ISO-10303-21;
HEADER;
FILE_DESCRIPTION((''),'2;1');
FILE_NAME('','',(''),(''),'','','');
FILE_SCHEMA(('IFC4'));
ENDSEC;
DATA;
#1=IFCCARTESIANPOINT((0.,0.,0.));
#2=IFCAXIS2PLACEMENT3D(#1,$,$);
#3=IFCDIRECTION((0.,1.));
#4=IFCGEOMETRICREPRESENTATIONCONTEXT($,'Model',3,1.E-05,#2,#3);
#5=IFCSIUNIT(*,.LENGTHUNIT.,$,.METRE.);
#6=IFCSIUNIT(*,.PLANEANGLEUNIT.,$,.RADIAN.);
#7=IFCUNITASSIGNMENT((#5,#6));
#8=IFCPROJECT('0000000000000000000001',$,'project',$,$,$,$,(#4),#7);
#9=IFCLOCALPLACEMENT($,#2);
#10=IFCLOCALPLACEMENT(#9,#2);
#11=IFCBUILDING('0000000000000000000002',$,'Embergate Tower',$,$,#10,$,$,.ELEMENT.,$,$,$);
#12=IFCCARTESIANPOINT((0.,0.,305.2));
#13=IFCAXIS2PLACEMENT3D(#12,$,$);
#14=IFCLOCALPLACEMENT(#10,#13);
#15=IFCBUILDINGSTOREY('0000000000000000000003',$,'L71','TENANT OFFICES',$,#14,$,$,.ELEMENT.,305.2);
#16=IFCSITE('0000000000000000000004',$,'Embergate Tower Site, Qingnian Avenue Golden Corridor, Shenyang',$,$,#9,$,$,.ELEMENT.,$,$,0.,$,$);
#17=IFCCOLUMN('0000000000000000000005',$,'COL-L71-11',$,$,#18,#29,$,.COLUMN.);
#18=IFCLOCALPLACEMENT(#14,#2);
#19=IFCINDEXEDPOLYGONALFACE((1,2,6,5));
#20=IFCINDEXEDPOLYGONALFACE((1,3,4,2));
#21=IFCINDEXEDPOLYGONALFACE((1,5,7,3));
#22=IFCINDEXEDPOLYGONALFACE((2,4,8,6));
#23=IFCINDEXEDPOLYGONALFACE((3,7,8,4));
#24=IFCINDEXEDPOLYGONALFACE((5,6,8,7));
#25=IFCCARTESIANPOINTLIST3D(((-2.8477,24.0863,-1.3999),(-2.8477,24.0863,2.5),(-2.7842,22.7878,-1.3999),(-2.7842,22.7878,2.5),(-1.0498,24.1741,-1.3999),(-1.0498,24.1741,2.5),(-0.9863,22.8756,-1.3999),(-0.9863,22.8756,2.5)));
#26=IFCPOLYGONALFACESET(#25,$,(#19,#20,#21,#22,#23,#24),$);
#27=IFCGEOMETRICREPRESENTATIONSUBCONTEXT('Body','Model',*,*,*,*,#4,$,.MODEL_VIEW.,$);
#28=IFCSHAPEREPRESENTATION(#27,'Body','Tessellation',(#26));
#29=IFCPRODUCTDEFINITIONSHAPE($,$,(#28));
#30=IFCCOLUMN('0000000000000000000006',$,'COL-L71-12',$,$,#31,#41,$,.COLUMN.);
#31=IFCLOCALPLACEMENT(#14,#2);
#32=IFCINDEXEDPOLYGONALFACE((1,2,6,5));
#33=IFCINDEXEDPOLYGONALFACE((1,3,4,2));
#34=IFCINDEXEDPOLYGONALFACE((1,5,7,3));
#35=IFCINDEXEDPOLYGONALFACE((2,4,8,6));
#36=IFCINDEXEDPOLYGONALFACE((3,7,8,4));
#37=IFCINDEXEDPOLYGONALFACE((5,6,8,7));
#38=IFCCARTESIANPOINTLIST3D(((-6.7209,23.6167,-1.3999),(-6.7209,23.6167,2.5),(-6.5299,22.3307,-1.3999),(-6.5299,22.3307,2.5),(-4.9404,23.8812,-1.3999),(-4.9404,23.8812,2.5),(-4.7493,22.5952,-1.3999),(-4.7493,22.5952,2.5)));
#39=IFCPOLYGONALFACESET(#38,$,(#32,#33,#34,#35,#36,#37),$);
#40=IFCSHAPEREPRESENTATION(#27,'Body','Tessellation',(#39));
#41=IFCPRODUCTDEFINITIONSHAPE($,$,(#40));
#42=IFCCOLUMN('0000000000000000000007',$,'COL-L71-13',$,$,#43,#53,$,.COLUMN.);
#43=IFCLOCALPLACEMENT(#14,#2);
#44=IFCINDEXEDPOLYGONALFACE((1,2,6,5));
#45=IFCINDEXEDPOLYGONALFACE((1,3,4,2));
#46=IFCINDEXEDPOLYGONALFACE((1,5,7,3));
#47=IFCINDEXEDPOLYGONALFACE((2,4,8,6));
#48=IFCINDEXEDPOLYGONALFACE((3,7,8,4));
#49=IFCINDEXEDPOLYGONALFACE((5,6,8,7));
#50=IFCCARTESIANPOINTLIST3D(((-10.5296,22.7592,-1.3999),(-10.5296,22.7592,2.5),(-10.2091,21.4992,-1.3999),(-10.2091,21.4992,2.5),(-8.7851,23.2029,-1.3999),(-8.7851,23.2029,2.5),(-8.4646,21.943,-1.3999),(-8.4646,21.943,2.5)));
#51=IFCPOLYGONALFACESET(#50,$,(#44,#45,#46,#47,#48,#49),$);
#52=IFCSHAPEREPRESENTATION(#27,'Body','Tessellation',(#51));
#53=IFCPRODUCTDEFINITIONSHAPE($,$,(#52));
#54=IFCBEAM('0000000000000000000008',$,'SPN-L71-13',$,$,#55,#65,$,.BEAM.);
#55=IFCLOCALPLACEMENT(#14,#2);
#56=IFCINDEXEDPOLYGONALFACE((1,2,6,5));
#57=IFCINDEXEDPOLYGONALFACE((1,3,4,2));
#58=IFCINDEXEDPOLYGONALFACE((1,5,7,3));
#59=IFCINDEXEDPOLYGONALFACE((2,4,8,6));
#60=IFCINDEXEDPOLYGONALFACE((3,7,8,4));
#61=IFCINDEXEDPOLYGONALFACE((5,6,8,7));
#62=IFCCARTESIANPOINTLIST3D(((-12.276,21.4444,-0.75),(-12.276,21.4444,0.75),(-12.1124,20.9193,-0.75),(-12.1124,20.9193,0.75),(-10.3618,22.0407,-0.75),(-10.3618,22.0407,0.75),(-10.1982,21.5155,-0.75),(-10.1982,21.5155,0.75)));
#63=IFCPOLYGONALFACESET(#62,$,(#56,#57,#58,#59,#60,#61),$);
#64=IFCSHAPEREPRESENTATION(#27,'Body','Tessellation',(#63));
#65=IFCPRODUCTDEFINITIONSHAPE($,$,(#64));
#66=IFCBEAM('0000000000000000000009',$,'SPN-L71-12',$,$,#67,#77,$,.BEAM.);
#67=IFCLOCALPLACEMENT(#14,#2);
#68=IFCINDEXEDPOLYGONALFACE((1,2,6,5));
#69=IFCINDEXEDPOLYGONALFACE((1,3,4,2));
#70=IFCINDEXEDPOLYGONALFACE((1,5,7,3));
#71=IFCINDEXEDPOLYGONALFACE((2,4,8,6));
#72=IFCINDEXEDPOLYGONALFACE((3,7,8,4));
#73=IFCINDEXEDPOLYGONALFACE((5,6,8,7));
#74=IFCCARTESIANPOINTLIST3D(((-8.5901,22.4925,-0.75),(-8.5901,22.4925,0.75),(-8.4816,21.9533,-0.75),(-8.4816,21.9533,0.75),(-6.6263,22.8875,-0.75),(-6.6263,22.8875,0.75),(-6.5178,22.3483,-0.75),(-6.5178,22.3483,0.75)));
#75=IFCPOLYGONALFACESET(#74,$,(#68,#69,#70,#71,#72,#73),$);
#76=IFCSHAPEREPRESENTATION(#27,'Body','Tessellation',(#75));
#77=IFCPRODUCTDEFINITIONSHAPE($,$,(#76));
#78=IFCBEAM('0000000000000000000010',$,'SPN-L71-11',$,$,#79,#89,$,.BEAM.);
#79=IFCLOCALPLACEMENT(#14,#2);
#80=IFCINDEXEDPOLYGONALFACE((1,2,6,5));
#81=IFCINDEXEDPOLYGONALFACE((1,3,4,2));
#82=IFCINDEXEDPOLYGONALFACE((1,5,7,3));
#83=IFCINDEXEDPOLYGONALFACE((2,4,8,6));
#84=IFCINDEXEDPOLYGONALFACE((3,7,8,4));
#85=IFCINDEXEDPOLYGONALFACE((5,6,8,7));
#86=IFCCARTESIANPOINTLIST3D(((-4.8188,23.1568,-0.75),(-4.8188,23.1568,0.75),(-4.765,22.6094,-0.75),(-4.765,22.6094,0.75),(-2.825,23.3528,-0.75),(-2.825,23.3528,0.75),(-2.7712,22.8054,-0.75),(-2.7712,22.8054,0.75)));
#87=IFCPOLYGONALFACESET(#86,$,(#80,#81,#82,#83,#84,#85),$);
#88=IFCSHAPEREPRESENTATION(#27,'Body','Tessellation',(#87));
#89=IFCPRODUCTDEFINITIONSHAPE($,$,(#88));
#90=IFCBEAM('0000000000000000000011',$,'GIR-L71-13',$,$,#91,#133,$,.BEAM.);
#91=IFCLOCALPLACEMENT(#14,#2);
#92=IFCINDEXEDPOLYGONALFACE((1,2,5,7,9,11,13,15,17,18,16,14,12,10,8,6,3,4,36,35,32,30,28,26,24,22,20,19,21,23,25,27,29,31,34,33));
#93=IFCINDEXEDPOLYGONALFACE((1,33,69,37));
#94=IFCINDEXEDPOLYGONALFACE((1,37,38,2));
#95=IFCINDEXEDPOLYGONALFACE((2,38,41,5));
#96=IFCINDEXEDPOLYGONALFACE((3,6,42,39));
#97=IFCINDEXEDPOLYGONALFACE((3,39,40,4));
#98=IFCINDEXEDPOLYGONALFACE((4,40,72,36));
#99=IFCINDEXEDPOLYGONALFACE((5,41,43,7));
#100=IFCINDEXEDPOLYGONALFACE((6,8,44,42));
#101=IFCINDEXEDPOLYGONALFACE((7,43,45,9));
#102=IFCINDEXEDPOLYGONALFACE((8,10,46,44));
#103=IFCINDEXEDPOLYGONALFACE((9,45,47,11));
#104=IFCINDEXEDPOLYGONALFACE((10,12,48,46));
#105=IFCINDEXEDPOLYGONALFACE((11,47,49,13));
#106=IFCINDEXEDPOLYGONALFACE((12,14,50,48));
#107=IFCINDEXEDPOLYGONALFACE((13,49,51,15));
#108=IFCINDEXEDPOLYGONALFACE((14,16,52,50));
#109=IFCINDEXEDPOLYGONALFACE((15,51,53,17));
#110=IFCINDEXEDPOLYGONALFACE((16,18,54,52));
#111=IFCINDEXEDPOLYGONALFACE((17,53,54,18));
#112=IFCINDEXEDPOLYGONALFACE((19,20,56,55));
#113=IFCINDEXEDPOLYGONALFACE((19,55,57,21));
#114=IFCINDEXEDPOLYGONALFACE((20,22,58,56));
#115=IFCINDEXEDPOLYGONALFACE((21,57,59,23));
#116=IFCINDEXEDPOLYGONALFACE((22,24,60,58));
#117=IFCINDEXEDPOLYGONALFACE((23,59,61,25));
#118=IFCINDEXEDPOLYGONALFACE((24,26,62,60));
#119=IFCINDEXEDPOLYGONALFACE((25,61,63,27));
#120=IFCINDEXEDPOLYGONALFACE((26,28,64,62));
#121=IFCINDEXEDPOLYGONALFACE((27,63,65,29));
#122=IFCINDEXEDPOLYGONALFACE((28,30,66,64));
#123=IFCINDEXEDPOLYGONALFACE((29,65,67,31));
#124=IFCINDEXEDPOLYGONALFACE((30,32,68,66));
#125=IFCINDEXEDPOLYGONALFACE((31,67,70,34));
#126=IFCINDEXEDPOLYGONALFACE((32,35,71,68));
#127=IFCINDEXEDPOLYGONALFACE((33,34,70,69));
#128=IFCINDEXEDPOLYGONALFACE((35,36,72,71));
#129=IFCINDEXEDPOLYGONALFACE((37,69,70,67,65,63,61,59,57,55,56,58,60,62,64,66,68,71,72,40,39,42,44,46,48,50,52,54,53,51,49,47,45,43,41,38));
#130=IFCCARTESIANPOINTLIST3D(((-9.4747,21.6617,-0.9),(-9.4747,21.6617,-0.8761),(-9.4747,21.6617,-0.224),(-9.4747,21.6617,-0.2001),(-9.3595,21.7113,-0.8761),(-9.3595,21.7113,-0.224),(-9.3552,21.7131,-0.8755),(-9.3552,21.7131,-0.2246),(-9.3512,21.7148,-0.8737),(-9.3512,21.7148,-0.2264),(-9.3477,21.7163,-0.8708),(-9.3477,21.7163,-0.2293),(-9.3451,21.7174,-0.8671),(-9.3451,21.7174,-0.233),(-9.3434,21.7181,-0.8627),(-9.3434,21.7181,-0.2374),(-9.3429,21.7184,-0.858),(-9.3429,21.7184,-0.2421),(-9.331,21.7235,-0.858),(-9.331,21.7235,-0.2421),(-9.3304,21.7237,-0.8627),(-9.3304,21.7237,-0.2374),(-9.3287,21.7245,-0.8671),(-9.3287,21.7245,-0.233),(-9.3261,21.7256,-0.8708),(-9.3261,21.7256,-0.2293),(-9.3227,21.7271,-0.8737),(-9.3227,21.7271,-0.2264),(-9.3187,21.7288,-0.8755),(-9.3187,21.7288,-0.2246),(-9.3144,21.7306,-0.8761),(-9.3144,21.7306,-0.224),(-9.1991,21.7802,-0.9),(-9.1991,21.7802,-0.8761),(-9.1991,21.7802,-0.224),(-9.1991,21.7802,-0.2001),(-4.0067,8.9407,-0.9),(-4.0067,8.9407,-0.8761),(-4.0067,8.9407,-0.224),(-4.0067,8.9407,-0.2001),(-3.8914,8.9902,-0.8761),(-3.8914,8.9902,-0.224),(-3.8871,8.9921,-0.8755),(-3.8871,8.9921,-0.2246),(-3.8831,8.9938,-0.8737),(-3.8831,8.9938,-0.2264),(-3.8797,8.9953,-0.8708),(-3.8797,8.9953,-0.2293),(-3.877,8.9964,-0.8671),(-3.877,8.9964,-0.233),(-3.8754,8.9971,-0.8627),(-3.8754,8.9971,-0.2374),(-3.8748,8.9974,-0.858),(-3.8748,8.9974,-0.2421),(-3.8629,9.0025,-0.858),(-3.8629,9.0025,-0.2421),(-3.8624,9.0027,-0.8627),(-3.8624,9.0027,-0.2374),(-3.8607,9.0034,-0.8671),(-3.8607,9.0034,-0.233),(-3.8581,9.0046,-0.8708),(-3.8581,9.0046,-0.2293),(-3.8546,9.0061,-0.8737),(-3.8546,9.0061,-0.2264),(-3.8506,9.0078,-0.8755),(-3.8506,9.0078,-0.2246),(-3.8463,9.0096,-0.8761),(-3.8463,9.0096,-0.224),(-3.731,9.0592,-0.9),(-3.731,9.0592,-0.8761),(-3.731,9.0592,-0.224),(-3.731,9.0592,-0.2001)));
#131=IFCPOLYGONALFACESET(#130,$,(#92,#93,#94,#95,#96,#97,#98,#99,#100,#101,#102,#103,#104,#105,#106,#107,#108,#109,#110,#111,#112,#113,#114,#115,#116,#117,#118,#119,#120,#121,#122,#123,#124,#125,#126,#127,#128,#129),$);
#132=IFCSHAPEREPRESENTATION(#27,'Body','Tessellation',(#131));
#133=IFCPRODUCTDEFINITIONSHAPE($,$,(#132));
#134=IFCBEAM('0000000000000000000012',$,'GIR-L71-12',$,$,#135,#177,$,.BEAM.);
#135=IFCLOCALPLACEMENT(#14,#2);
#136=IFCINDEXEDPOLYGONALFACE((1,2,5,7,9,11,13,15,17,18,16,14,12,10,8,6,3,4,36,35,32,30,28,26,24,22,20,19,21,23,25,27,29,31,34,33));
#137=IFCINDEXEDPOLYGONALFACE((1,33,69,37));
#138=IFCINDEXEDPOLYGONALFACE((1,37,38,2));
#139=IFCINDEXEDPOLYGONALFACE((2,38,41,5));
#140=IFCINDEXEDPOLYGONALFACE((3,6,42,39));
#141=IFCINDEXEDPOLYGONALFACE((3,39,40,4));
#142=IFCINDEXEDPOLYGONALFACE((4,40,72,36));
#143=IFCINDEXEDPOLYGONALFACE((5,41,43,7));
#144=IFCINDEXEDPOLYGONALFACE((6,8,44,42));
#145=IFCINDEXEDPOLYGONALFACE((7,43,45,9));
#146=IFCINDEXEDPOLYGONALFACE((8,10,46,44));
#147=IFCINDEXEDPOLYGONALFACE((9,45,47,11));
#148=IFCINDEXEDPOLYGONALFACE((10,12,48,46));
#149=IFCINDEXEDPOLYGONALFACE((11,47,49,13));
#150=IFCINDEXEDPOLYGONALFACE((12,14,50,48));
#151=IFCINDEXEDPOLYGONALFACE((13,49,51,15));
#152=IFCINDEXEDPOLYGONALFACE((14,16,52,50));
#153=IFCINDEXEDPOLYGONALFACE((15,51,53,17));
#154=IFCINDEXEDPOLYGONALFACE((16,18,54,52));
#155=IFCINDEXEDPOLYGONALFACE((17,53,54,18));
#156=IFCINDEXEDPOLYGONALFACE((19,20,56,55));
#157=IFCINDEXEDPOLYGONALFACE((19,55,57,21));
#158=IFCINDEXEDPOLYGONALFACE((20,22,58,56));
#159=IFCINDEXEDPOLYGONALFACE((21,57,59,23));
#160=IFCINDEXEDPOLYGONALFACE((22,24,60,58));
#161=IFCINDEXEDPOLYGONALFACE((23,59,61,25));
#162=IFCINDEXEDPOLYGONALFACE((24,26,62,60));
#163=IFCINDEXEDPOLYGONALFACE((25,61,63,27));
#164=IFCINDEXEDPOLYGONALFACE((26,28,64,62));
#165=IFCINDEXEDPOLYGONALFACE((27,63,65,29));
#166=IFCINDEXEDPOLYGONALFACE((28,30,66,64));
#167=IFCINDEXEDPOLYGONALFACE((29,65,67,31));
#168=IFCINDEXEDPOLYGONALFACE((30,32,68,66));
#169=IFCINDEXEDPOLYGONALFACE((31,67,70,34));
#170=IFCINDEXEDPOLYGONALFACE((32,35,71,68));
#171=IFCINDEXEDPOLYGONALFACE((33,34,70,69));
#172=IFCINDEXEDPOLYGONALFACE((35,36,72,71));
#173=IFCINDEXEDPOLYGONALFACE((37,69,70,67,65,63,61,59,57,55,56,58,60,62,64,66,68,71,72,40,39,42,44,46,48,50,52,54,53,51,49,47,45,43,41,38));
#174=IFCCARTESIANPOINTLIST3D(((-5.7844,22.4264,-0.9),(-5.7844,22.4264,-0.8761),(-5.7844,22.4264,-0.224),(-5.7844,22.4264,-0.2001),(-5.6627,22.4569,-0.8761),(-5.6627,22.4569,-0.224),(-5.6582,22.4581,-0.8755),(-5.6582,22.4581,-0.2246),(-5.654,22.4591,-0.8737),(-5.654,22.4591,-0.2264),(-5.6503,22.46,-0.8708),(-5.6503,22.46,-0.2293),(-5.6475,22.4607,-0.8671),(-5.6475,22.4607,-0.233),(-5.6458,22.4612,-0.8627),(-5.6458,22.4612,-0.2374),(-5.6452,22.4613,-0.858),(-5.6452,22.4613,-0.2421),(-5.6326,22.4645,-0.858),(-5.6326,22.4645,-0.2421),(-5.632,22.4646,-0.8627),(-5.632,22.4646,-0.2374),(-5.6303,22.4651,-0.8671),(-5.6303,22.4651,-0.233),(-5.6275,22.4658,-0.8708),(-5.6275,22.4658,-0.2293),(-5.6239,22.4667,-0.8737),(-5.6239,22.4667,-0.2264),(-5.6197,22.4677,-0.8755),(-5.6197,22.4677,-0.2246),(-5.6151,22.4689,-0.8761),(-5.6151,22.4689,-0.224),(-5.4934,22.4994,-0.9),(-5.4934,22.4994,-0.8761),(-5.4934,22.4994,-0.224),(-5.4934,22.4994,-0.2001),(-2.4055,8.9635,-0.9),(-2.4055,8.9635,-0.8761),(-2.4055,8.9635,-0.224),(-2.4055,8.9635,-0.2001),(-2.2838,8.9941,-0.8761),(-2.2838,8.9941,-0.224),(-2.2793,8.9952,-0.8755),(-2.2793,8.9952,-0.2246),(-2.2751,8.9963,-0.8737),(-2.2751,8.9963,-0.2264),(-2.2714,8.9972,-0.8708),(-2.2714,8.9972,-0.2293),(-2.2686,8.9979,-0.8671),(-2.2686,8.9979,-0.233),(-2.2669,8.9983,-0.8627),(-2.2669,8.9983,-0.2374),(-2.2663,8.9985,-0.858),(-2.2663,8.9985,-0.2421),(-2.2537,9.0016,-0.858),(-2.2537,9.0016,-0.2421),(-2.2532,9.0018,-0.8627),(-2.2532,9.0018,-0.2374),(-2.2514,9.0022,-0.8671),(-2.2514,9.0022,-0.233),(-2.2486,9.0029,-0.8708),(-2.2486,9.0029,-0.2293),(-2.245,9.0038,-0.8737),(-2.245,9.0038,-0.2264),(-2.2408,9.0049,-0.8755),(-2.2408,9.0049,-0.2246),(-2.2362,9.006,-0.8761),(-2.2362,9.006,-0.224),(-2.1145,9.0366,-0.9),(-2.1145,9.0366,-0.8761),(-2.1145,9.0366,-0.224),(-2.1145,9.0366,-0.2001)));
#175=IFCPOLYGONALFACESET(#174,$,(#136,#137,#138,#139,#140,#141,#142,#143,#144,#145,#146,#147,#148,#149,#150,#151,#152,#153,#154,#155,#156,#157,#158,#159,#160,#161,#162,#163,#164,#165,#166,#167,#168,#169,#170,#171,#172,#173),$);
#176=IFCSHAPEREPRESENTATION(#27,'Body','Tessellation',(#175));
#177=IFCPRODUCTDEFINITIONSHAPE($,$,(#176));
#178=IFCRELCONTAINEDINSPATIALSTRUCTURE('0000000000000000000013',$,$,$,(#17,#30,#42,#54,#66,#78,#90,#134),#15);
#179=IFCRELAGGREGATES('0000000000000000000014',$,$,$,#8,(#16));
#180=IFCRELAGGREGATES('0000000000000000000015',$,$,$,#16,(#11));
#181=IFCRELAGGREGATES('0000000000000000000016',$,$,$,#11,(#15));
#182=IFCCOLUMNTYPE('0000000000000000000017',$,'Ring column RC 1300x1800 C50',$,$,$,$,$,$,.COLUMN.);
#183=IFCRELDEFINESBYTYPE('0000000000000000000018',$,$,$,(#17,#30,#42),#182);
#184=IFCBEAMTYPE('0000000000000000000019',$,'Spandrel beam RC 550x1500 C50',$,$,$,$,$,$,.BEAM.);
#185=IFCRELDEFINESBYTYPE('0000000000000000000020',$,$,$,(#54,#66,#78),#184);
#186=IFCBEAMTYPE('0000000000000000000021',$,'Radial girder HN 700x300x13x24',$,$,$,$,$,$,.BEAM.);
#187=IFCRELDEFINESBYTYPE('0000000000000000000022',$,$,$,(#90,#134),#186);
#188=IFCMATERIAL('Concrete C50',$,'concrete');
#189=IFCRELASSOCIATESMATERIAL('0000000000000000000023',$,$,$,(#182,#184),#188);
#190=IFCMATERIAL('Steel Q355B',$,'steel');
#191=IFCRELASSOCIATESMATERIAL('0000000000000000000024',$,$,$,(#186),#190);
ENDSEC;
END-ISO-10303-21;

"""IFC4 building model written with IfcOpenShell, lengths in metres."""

from ifc_helpers import new_model, si_unit, direction, frame, origin, origin_2d, place, context, subcontext, project, spatial, rectangle, i_section, extrude, source, transform, mapped, material, material_profile, profile_set, type_object, element, save


model = new_model("IFC4")

# Units and contexts
model_context = context("Model", 3, precision=1e-05, world=origin(), true_north=direction((0.0, 1.0)))
body_context = subcontext(model_context, "Body", "Model", "MODEL_VIEW")
ifc_project = project(units=[si_unit("LENGTHUNIT", "METRE"), si_unit("PLANEANGLEUNIT", "RADIAN")], contexts=[model_context])

# Site, building, storey
site_placement = place(None, origin())
site = spatial("IfcSite", under=ifc_project, at=site_placement, Name="Embergate Tower Site, Qingnian Avenue Golden Corridor, Shenyang", CompositionType="ELEMENT", RefElevation=0.0)
building_placement = place(site_placement, origin())
building = spatial("IfcBuilding", under=site, at=building_placement, Name="Embergate Tower", CompositionType="ELEMENT")
storey_placement = place(building_placement, frame((0.0, 0.0, 305.2)))
storey = spatial("IfcBuildingStorey", under=building, at=storey_placement, Name="L71", Description="TENANT OFFICES", CompositionType="ELEMENT", Elevation=305.2)

# Columns
ifc_material_1 = material(Name="Concrete C50", Category="concrete")
ifc_material_profile_1 = material_profile(ifc_material_1, rectangle(XDim=1.3, YDim=1.8, at=origin_2d()), Name="RC 1300x1800")
ifc_profile_set_1 = profile_set([ifc_material_profile_1], Name="Concrete C50")
column_type = type_object("IfcColumnType", Name="Ring column RC 1300x1800 C50", PredefinedType="COLUMN", material=ifc_profile_set_1)
shared_shape_1 = source(origin(), body_context, "Body", "SweptSolid", [
    extrude(rectangle(XDim=1.3, YDim=1.8, at=origin_2d()), origin(), (0.0, 0.0, 1.0), 3.8999),
])
for number, where, z_axis, x_axis, name in (
    (1, (-1.917, 23.481, -1.3999), (0.0, 0.0, 1.0), (-0.048815, 0.998808, 0.0), "COL-L71-11"),
    (2, (-5.7351, 23.106, -1.3999), (0.0, 0.0, 1.0), (-0.146929, 0.989147, 0.0), "COL-L71-12"),
    (3, (-9.4971, 22.3511, -1.3999), (0.0, 0.0, 1.0), (-0.246509, 0.969141, 0.0), "COL-L71-13"),
):
    element("IfcColumn", number, at=place(storey_placement, frame(where, z_axis=z_axis, x_axis=x_axis)), inside=storey, type_object=column_type, Name=name, PredefinedType="COLUMN", context=body_context, shape_type="MappedRepresentation", body=[
        mapped(shared_shape_1, transform((0.0, 0.0, 0.0))),
    ])

# Beams
ifc_material_profile_2 = material_profile(ifc_material_1, rectangle(XDim=0.55, YDim=1.5, at=origin_2d()), Name="RC 550x1500")
ifc_profile_set_2 = profile_set([ifc_material_profile_2], Name="Concrete C50")
beam_type_1 = type_object("IfcBeamType", Name="Spandrel beam RC 550x1500 C50", PredefinedType="BEAM", material=ifc_profile_set_2)
shared_shape_2 = source(origin(), body_context, "Body", "SweptSolid", [
    extrude(rectangle(XDim=0.55, YDim=1.5, at=origin_2d()), origin(), (0.0, 0.0, 1.0), 2.0049),
])
beam_1_placement = place(storey_placement, frame((-10.28, 21.7781, 0.0), z_axis=(-0.954757, -0.297387, 0.0), x_axis=(0.297387, -0.954757, 0.0)))
element("IfcBeam", 4, at=beam_1_placement, inside=storey, type_object=beam_type_1, Name="SPN-L71-13", PredefinedType="BEAM", context=body_context, shape_type="MappedRepresentation", body=[
    mapped(shared_shape_2, transform((0.0, 0.0, 0.0))),
])
shared_shape_3 = source(origin(), body_context, "Body", "SweptSolid", [
    extrude(rectangle(XDim=0.55, YDim=1.5, at=origin_2d()), origin(), (0.0, 0.0, 1.0), 2.0032),
])
beam_2_placement = place(storey_placement, frame((-6.572, 22.6179, 0.0), z_axis=(-0.980364, -0.197194, 0.0), x_axis=(0.197194, -0.980364, 0.0)))
element("IfcBeam", 5, at=beam_2_placement, inside=storey, type_object=beam_type_1, Name="SPN-L71-12", PredefinedType="BEAM", context=body_context, shape_type="MappedRepresentation", body=[
    mapped(shared_shape_3, transform((0.0, 0.0, 0.0))),
])
shared_shape_4 = source(origin(), body_context, "Body", "SweptSolid", [
    extrude(rectangle(XDim=0.55, YDim=1.5, at=origin_2d()), origin(), (0.0, 0.0, 1.0), 2.0034),
])
beam_3_placement = place(storey_placement, frame((-2.7981, 23.0791, 0.0), z_axis=(-0.995201, -0.097851, 0.0), x_axis=(0.097851, -0.995201, 0.0)))
element("IfcBeam", 6, at=beam_3_placement, inside=storey, type_object=beam_type_1, Name="SPN-L71-11", PredefinedType="BEAM", context=body_context, shape_type="MappedRepresentation", body=[
    mapped(shared_shape_4, transform((0.0, 0.0, 0.0))),
])
ifc_material_2 = material(Name="Steel Q355B", Category="steel")
ifc_material_profile_3 = material_profile(ifc_material_2, i_section(OverallWidth=0.3, OverallDepth=0.7, WebThickness=0.0129, FlangeThickness=0.0239, FilletRadius=0.0181, at=origin_2d()), Name="HN 700x300x13x24")
ifc_profile_set_3 = profile_set([ifc_material_profile_3], Name="Steel Q355 grade B")
beam_type_2 = type_object("IfcBeamType", Name="Radial girder HN 700x300x13x24", PredefinedType="BEAM", material=ifc_profile_set_3)
shared_shape_5 = source(origin(), body_context, "Body", "SweptSolid", [
    extrude(i_section(OverallWidth=0.3, OverallDepth=0.7, WebThickness=0.0129, FlangeThickness=0.0239, FilletRadius=0.0181, at=origin_2d()), origin(), (0.0, 0.0, 1.0), 13.8464),
])
beam_4_placement = place(storey_placement, frame((-9.3369, 21.7209, -0.55), z_axis=(0.394906, -0.918721, 0.0), x_axis=(0.918721, 0.394906, 0.0)))
element("IfcBeam", 7, at=beam_4_placement, inside=storey, type_object=beam_type_2, Name="GIR-L71-13", PredefinedType="BEAM", context=body_context, shape_type="MappedRepresentation", body=[
    mapped(shared_shape_5, transform((0.0, 0.0, 0.0))),
])
shared_shape_6 = source(origin(), body_context, "Body", "SweptSolid", [
    extrude(i_section(OverallWidth=0.3, OverallDepth=0.7, WebThickness=0.0129, FlangeThickness=0.0239, FilletRadius=0.0181, at=origin_2d()), origin(), (0.0, 0.0, 1.0), 13.8804),
])
beam_5_placement = place(storey_placement, frame((-5.6389, 22.4629, -0.55), z_axis=(0.243429, -0.969919, 0.0), x_axis=(0.969919, 0.243429, 0.0)))
element("IfcBeam", 8, at=beam_5_placement, inside=storey, type_object=beam_type_2, Name="GIR-L71-12", PredefinedType="BEAM", context=body_context, shape_type="MappedRepresentation", body=[
    mapped(shared_shape_6, transform((0.0, 0.0, 0.0))),
])

save(model, "model.ifc")
